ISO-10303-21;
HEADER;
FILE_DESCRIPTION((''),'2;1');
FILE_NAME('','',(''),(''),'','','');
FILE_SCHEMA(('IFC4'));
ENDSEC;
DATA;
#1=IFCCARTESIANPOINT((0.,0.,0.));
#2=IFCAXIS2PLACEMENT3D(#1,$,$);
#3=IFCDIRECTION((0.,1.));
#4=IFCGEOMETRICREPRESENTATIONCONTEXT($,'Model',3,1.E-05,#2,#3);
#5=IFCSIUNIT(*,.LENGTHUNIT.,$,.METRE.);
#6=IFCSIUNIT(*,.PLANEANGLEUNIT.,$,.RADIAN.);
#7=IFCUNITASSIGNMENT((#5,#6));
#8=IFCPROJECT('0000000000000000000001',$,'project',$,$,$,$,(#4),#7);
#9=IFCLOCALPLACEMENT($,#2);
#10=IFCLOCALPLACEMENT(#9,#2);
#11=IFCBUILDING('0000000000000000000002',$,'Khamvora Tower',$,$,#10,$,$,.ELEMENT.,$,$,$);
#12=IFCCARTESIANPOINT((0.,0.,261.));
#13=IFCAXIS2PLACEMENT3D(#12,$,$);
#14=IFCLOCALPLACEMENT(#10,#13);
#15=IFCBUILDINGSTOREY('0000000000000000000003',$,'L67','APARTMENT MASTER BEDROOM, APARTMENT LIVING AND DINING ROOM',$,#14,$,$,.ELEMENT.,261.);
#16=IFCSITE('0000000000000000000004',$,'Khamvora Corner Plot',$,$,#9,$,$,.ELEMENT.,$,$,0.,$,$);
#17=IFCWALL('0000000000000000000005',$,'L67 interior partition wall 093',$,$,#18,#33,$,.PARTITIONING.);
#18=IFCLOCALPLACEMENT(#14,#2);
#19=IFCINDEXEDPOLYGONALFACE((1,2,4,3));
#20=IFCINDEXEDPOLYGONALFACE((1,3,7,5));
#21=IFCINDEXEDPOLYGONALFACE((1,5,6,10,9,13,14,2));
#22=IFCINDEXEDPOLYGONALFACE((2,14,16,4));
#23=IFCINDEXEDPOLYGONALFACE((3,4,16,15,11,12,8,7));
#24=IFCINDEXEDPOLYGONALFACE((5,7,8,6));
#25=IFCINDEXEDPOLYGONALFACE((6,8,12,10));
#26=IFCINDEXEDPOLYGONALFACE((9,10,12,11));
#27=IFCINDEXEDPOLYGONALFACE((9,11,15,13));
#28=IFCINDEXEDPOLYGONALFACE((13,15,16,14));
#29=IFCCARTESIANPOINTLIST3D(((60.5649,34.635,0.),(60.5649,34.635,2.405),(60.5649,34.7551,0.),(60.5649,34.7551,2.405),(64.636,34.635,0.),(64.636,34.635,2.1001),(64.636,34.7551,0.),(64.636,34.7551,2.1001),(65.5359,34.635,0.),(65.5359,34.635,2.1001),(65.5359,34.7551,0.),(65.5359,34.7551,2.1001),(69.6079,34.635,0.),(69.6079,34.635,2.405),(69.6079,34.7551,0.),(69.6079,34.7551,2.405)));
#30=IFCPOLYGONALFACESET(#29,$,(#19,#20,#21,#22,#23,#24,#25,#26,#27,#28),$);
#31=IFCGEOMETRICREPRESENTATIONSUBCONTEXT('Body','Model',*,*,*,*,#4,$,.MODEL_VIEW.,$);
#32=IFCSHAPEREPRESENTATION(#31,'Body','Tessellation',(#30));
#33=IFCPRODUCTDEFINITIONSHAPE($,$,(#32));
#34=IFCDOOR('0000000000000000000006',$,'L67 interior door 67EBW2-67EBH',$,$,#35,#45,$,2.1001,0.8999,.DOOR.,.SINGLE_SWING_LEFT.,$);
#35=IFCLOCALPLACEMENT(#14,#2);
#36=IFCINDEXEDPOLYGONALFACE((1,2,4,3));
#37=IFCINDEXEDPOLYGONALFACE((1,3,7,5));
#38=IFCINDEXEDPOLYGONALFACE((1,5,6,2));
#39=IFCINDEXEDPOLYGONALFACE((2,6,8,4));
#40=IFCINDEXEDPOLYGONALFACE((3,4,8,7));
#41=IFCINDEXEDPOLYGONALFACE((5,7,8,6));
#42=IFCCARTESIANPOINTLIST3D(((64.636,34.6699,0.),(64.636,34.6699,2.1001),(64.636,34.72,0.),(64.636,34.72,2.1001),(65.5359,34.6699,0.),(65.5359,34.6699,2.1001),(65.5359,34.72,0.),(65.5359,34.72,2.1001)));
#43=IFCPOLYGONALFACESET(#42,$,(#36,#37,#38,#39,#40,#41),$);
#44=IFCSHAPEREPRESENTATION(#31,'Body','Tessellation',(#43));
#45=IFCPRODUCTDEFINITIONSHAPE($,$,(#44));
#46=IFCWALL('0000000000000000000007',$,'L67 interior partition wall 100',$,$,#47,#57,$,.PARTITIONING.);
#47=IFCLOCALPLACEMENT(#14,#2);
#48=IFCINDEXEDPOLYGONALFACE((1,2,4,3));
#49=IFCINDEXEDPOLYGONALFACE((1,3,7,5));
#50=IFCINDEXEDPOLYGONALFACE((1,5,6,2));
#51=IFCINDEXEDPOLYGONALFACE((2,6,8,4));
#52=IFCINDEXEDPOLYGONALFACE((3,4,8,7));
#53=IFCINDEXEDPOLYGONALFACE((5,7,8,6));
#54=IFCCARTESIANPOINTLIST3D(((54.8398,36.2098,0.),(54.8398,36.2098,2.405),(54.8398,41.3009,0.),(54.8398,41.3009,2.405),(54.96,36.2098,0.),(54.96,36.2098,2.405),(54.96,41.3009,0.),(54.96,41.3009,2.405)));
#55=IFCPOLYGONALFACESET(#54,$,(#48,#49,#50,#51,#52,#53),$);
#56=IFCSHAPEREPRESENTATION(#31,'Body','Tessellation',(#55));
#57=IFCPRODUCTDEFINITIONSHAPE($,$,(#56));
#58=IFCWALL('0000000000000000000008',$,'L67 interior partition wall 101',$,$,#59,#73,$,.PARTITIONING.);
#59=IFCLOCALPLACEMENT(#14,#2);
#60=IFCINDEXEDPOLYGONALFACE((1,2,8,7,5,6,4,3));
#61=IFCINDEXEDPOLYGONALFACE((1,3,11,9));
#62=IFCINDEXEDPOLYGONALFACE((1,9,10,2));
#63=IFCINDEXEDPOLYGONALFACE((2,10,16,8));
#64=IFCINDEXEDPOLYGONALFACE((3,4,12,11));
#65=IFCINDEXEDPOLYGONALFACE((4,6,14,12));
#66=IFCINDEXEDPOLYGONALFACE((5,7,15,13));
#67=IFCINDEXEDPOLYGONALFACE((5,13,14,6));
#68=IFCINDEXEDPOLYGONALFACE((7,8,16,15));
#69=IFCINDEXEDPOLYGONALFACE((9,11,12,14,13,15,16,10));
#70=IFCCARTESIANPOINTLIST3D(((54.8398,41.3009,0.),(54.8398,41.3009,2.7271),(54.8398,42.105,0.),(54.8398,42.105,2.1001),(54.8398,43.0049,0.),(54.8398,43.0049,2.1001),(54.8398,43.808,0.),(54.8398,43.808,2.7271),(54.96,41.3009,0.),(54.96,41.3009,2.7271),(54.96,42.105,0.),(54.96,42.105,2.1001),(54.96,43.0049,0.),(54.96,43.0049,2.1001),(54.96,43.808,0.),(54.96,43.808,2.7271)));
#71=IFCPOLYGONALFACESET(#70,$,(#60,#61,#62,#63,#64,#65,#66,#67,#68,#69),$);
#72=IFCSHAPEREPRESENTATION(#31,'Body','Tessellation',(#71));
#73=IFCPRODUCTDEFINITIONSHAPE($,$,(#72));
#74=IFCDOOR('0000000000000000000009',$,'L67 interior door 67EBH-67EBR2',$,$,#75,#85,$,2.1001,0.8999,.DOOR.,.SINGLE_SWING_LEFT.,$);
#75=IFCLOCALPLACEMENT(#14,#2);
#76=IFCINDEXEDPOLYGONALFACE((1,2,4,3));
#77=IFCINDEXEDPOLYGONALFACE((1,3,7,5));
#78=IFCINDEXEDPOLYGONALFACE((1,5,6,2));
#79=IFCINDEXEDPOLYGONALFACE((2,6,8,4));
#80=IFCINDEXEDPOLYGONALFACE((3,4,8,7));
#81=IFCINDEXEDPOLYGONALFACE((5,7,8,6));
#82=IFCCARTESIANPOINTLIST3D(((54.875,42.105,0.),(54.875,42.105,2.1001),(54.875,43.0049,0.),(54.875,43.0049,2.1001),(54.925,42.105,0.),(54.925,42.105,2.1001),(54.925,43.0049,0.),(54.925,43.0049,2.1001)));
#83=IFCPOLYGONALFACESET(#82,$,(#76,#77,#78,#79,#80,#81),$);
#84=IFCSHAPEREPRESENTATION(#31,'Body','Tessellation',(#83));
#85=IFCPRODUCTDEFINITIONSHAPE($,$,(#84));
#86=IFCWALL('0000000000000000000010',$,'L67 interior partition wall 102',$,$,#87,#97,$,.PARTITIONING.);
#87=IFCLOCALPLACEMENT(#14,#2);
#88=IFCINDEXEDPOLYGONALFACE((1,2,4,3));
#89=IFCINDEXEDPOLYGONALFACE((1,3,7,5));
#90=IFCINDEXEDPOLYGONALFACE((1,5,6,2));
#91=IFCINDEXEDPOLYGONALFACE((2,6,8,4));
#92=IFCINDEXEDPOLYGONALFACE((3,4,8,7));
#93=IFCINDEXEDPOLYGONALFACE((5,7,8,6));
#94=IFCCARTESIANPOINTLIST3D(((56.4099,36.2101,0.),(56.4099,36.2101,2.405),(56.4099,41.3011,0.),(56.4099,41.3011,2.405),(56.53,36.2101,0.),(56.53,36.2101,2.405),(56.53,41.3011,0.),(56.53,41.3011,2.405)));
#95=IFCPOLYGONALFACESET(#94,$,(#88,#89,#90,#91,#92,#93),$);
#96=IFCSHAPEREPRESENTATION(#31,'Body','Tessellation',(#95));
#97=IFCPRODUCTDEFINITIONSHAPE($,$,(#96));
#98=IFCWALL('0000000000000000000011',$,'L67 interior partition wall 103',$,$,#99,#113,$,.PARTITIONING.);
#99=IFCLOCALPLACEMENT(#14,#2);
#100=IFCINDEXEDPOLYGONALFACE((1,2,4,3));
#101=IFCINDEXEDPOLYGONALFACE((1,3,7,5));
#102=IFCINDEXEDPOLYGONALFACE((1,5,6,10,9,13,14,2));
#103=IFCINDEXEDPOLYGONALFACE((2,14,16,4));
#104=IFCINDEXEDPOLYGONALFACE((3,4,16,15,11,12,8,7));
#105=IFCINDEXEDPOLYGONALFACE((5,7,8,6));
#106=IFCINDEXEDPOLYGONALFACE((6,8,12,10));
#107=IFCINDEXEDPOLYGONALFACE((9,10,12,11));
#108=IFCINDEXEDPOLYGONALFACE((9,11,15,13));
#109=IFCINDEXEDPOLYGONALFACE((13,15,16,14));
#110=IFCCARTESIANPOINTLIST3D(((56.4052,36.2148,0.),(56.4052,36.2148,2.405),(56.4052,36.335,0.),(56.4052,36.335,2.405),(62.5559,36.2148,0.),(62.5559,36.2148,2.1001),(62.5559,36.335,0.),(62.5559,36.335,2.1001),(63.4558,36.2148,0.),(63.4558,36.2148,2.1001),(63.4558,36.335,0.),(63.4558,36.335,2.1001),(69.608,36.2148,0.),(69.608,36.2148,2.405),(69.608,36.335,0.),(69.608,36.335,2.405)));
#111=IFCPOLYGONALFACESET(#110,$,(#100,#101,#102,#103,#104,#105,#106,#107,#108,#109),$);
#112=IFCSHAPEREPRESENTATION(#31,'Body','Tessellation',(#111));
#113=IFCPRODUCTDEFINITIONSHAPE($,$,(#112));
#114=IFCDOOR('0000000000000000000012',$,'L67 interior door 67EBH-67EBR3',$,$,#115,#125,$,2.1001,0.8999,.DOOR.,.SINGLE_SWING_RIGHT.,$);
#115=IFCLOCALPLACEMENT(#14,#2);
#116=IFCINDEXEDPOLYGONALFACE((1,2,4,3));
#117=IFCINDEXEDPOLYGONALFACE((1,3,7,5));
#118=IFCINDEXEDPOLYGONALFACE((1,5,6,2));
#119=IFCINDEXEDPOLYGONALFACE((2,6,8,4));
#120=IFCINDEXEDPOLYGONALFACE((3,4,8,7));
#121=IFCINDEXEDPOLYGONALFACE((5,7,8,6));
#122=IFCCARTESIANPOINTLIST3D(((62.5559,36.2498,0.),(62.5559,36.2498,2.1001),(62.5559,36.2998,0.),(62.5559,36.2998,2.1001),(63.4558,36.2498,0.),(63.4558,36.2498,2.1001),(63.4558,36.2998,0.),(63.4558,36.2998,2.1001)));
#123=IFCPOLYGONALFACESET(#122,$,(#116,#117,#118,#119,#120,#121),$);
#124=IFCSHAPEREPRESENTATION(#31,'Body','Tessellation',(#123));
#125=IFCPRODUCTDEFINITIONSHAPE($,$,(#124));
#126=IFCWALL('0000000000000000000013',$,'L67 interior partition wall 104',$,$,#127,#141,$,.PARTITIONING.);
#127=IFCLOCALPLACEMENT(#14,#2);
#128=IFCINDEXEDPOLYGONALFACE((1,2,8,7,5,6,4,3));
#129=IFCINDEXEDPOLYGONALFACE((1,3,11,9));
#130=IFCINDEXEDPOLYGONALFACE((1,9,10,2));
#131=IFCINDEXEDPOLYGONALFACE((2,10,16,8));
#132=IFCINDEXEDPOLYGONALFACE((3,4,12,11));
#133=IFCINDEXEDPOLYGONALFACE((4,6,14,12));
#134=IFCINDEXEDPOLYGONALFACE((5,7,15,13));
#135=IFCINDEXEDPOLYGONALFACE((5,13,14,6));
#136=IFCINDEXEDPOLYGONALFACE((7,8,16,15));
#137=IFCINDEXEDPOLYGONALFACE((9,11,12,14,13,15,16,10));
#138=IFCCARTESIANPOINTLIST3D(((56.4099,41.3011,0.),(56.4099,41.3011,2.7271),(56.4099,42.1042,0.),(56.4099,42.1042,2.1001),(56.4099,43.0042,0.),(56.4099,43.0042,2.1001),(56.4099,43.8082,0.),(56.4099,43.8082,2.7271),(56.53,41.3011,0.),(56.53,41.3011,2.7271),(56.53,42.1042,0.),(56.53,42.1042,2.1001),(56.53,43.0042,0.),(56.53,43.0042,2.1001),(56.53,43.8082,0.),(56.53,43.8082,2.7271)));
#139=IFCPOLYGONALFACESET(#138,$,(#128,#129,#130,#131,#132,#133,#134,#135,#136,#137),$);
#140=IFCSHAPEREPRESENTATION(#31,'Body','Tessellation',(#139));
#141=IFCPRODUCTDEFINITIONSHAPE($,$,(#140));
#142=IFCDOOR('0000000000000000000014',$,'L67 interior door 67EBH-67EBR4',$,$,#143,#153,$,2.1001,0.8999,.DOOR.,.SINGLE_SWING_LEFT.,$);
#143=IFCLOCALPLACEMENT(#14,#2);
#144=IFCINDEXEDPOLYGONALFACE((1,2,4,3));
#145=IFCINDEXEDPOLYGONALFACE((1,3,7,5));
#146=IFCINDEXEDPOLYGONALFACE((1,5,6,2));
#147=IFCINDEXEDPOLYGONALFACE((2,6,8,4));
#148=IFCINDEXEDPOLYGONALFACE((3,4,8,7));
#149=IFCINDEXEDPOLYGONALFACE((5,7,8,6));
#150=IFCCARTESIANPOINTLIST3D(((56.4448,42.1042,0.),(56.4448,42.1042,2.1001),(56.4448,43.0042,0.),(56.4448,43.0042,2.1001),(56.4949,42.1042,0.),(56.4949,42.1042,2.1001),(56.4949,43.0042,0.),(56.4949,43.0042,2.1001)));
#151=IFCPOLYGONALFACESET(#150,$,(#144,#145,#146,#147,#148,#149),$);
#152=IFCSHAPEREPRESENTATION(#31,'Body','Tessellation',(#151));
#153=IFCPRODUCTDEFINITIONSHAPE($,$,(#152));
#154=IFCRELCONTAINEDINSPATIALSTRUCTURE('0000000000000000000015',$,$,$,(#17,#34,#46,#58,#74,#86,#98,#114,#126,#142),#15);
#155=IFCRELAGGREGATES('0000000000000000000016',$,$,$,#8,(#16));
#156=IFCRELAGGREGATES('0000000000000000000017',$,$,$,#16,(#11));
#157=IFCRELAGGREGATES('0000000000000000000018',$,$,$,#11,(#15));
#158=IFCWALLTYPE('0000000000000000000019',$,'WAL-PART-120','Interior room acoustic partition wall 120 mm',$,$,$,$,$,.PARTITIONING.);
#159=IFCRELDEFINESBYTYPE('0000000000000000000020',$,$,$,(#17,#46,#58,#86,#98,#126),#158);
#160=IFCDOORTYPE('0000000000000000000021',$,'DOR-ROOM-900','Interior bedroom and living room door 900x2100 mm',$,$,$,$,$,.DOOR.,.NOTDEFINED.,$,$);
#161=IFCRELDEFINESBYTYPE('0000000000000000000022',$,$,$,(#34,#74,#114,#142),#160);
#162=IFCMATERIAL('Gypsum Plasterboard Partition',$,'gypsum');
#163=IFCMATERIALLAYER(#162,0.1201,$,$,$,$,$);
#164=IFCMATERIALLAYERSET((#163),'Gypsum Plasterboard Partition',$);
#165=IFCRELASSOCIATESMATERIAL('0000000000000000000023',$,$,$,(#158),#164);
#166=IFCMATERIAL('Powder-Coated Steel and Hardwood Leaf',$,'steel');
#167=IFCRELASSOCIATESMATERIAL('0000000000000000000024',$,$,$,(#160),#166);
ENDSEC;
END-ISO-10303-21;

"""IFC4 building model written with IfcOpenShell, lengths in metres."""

from ifc_helpers import new_model, si_unit, direction, frame, frame_2d, origin, place, context, subcontext, project, spatial, rectangle, extrude, material, layer, layer_set, type_object, element, fill, save


model = new_model("IFC4")

# Units and contexts
model_context = context("Model", 3, precision=1e-05, world=origin(), true_north=direction((0.0, 1.0)))
body_context = subcontext(model_context, "Body", "Model", "MODEL_VIEW")
ifc_project = project(units=[si_unit("LENGTHUNIT", "METRE"), si_unit("PLANEANGLEUNIT", "RADIAN")], contexts=[model_context])

# Site, building, storey
site_placement = place(None, origin())
site = spatial("IfcSite", under=ifc_project, at=site_placement, Name="Khamvora Corner Plot", CompositionType="ELEMENT", RefElevation=0.0)
building_placement = place(site_placement, origin())
building = spatial("IfcBuilding", under=site, at=building_placement, Name="Khamvora Tower", CompositionType="ELEMENT")
storey_placement = place(building_placement, frame((0.0, 0.0, 261.0)))
storey = spatial("IfcBuildingStorey", under=building, at=storey_placement, Name="L67", Description="APARTMENT MASTER BEDROOM, APARTMENT LIVING AND DINING ROOM", CompositionType="ELEMENT", Elevation=261.0)

# Wall, opening, door
ifc_material_1 = material(Name="Gypsum Plasterboard Partition", Category="gypsum")
ifc_layer_1 = layer(ifc_material_1, 0.1201)
ifc_layer_set_1 = layer_set([ifc_layer_1], Name="Gypsum Plasterboard Partition")
wall_type_1 = type_object("IfcWallType", Name="WAL-PART-120", Description="Interior room acoustic partition wall 120 mm", PredefinedType="PARTITIONING", material=ifc_layer_set_1)
wall_1_placement = place(storey_placement, frame((60.5649, 34.6951, 0.0), z_axis=(0.0, 0.0, 1.0), x_axis=(1.0, 0.0, 0.0)))
wall_1 = element("IfcWall", 1, at=wall_1_placement, inside=storey, type_object=wall_type_1, Name="L67 interior partition wall 093", PredefinedType="PARTITIONING", context=body_context, shape_type="SweptSolid", body=[
    extrude(rectangle(XDim=9.043, YDim=0.1201, at=frame_2d((4.5215, 0.0))), origin(), (0.0, 0.0, 1.0), 2.405),
])
opening_1_placement = place(wall_1_placement, frame((4.071, 0.0, 0.0)))
opening_1 = element("IfcOpeningElement", 2, at=opening_1_placement, cuts=wall_1, PredefinedType="OPENING", context=body_context, shape_type="SweptSolid", body=[
    extrude(rectangle(XDim=0.8999, YDim=2.1001, at=frame_2d((0.45, 1.05))), frame((0.0, 0.0701, 0.0), z_axis=(0.0, -1.0, 0.0), x_axis=(1.0, 0.0, 0.0)), (0.0, 0.0, 1.0), 0.1401),
])
ifc_material_2 = material(Name="Powder-Coated Steel and Hardwood Leaf", Category="steel")
door_type_1 = type_object("IfcDoorType", Name="DOR-ROOM-900", Description="Interior bedroom and living room door 900x2100 mm", OperationType="NOTDEFINED", PredefinedType="DOOR", material=ifc_material_2)
door_1_placement = place(opening_1_placement, origin())
door_1 = element("IfcDoor", 3, at=door_1_placement, inside=storey, type_object=door_type_1, Name="L67 interior door 67EBW2-67EBH", OperationType="SINGLE_SWING_LEFT", OverallHeight=2.1001, OverallWidth=0.8999, PredefinedType="DOOR", context=body_context, shape_type="SweptSolid", body=[
    extrude(rectangle(XDim=0.8999, YDim=2.1001, at=frame_2d((0.45, 1.05))), frame((0.0, 0.0249, 0.0), z_axis=(0.0, -1.0, 0.0), x_axis=(1.0, 0.0, 0.0)), (0.0, 0.0, 1.0), 0.05),
])
fill(opening_1, door_1)

# Wall
wall_2_placement = place(storey_placement, frame((54.8999, 36.21, 0.0), z_axis=(0.0, 0.0, 1.0), x_axis=(0.0, 1.0, 0.0)))
element("IfcWall", 4, at=wall_2_placement, inside=storey, type_object=wall_type_1, Name="L67 interior partition wall 100", PredefinedType="PARTITIONING", context=body_context, shape_type="SweptSolid", body=[
    extrude(rectangle(XDim=5.0911, YDim=0.1201, at=frame_2d((2.5454, 0.0))), origin(), (0.0, 0.0, 1.0), 2.405),
])

# Wall, opening, door
wall_3_placement = place(storey_placement, frame((54.8999, 41.301, 0.0), z_axis=(0.0, 0.0, 1.0), x_axis=(0.0, 1.0, 0.0)))
wall_3 = element("IfcWall", 5, at=wall_3_placement, inside=storey, type_object=wall_type_1, Name="L67 interior partition wall 101", PredefinedType="PARTITIONING", context=body_context, shape_type="SweptSolid", body=[
    extrude(rectangle(XDim=2.5071, YDim=0.1201, at=frame_2d((1.2534, 0.0))), origin(), (0.0, 0.0, 1.0), 2.7271),
])
opening_2_placement = place(wall_3_placement, frame((0.804, 0.0, 0.0)))
opening_2 = element("IfcOpeningElement", 6, at=opening_2_placement, cuts=wall_3, PredefinedType="OPENING", context=body_context, shape_type="SweptSolid", body=[
    extrude(rectangle(XDim=0.8999, YDim=2.1001, at=frame_2d((0.45, 1.05))), frame((0.0, 0.0701, 0.0), z_axis=(0.0, -1.0, 0.0), x_axis=(1.0, 0.0, 0.0)), (0.0, 0.0, 1.0), 0.1401),
])
door_2_placement = place(opening_2_placement, origin())
door_2 = element("IfcDoor", 7, at=door_2_placement, inside=storey, type_object=door_type_1, Name="L67 interior door 67EBH-67EBR2", OperationType="SINGLE_SWING_LEFT", OverallHeight=2.1001, OverallWidth=0.8999, PredefinedType="DOOR", context=body_context, shape_type="SweptSolid", body=[
    extrude(rectangle(XDim=0.8999, YDim=2.1001, at=frame_2d((0.45, 1.05))), frame((0.0, 0.0249, 0.0), z_axis=(0.0, -1.0, 0.0), x_axis=(1.0, 0.0, 0.0)), (0.0, 0.0, 1.0), 0.05),
])
fill(opening_2, door_2)

# Wall
wall_4_placement = place(storey_placement, frame((56.47, 41.301, 0.0), z_axis=(0.0, 0.0, 1.0), x_axis=(0.0, -1.0, 0.0)))
element("IfcWall", 8, at=wall_4_placement, inside=storey, type_object=wall_type_1, Name="L67 interior partition wall 102", PredefinedType="PARTITIONING", context=body_context, shape_type="SweptSolid", body=[
    extrude(rectangle(XDim=5.0911, YDim=0.1201, at=frame_2d((2.5454, 0.0))), origin(), (0.0, 0.0, 1.0), 2.405),
])

# Walls, openings, doors
wall_5_placement = place(storey_placement, frame((56.405, 36.2749, 0.0), z_axis=(0.0, 0.0, 1.0), x_axis=(1.0, 0.0, 0.0)))
wall_5 = element("IfcWall", 9, at=wall_5_placement, inside=storey, type_object=wall_type_1, Name="L67 interior partition wall 103", PredefinedType="PARTITIONING", context=body_context, shape_type="SweptSolid", body=[
    extrude(rectangle(XDim=13.2029, YDim=0.1201, at=frame_2d((6.6016, 0.0))), origin(), (0.0, 0.0, 1.0), 2.405),
])
opening_3_placement = place(wall_5_placement, frame((6.1509, 0.0, 0.0)))
opening_3 = element("IfcOpeningElement", 10, at=opening_3_placement, cuts=wall_5, PredefinedType="OPENING", context=body_context, shape_type="SweptSolid", body=[
    extrude(rectangle(XDim=0.8999, YDim=2.1001, at=frame_2d((0.45, 1.05))), frame((0.0, 0.0701, 0.0), z_axis=(0.0, -1.0, 0.0), x_axis=(1.0, 0.0, 0.0)), (0.0, 0.0, 1.0), 0.1401),
])
door_3_placement = place(opening_3_placement, origin())
door_3 = element("IfcDoor", 11, at=door_3_placement, inside=storey, type_object=door_type_1, Name="L67 interior door 67EBH-67EBR3", OperationType="SINGLE_SWING_RIGHT", OverallHeight=2.1001, OverallWidth=0.8999, PredefinedType="DOOR", context=body_context, shape_type="SweptSolid", body=[
    extrude(rectangle(XDim=0.8999, YDim=2.1001, at=frame_2d((0.45, 1.05))), frame((0.0, 0.0249, 0.0), z_axis=(0.0, -1.0, 0.0), x_axis=(1.0, 0.0, 0.0)), (0.0, 0.0, 1.0), 0.05),
])
fill(opening_3, door_3)
wall_6_placement = place(storey_placement, frame((56.47, 43.8081, 0.0), z_axis=(0.0, 0.0, 1.0), x_axis=(0.0, -1.0, 0.0)))
wall_6 = element("IfcWall", 12, at=wall_6_placement, inside=storey, type_object=wall_type_1, Name="L67 interior partition wall 104", PredefinedType="PARTITIONING", context=body_context, shape_type="SweptSolid", body=[
    extrude(rectangle(XDim=2.5071, YDim=0.1201, at=frame_2d((1.2534, 0.0))), origin(), (0.0, 0.0, 1.0), 2.7271),
])
opening_4_placement = place(wall_6_placement, frame((0.804, 0.0, 0.0)))
opening_4 = element("IfcOpeningElement", 13, at=opening_4_placement, cuts=wall_6, PredefinedType="OPENING", context=body_context, shape_type="SweptSolid", body=[
    extrude(rectangle(XDim=0.8999, YDim=2.1001, at=frame_2d((0.45, 1.05))), frame((0.0, 0.0701, 0.0), z_axis=(0.0, -1.0, 0.0), x_axis=(1.0, 0.0, 0.0)), (0.0, 0.0, 1.0), 0.1401),
])
door_4_placement = place(opening_4_placement, origin())
door_4 = element("IfcDoor", 14, at=door_4_placement, inside=storey, type_object=door_type_1, Name="L67 interior door 67EBH-67EBR4", OperationType="SINGLE_SWING_LEFT", OverallHeight=2.1001, OverallWidth=0.8999, PredefinedType="DOOR", context=body_context, shape_type="SweptSolid", body=[
    extrude(rectangle(XDim=0.8999, YDim=2.1001, at=frame_2d((0.45, 1.05))), frame((0.0, 0.0249, 0.0), z_axis=(0.0, -1.0, 0.0), x_axis=(1.0, 0.0, 0.0)), (0.0, 0.0, 1.0), 0.05),
])
fill(opening_4, door_4)

save(model, "model.ifc")
